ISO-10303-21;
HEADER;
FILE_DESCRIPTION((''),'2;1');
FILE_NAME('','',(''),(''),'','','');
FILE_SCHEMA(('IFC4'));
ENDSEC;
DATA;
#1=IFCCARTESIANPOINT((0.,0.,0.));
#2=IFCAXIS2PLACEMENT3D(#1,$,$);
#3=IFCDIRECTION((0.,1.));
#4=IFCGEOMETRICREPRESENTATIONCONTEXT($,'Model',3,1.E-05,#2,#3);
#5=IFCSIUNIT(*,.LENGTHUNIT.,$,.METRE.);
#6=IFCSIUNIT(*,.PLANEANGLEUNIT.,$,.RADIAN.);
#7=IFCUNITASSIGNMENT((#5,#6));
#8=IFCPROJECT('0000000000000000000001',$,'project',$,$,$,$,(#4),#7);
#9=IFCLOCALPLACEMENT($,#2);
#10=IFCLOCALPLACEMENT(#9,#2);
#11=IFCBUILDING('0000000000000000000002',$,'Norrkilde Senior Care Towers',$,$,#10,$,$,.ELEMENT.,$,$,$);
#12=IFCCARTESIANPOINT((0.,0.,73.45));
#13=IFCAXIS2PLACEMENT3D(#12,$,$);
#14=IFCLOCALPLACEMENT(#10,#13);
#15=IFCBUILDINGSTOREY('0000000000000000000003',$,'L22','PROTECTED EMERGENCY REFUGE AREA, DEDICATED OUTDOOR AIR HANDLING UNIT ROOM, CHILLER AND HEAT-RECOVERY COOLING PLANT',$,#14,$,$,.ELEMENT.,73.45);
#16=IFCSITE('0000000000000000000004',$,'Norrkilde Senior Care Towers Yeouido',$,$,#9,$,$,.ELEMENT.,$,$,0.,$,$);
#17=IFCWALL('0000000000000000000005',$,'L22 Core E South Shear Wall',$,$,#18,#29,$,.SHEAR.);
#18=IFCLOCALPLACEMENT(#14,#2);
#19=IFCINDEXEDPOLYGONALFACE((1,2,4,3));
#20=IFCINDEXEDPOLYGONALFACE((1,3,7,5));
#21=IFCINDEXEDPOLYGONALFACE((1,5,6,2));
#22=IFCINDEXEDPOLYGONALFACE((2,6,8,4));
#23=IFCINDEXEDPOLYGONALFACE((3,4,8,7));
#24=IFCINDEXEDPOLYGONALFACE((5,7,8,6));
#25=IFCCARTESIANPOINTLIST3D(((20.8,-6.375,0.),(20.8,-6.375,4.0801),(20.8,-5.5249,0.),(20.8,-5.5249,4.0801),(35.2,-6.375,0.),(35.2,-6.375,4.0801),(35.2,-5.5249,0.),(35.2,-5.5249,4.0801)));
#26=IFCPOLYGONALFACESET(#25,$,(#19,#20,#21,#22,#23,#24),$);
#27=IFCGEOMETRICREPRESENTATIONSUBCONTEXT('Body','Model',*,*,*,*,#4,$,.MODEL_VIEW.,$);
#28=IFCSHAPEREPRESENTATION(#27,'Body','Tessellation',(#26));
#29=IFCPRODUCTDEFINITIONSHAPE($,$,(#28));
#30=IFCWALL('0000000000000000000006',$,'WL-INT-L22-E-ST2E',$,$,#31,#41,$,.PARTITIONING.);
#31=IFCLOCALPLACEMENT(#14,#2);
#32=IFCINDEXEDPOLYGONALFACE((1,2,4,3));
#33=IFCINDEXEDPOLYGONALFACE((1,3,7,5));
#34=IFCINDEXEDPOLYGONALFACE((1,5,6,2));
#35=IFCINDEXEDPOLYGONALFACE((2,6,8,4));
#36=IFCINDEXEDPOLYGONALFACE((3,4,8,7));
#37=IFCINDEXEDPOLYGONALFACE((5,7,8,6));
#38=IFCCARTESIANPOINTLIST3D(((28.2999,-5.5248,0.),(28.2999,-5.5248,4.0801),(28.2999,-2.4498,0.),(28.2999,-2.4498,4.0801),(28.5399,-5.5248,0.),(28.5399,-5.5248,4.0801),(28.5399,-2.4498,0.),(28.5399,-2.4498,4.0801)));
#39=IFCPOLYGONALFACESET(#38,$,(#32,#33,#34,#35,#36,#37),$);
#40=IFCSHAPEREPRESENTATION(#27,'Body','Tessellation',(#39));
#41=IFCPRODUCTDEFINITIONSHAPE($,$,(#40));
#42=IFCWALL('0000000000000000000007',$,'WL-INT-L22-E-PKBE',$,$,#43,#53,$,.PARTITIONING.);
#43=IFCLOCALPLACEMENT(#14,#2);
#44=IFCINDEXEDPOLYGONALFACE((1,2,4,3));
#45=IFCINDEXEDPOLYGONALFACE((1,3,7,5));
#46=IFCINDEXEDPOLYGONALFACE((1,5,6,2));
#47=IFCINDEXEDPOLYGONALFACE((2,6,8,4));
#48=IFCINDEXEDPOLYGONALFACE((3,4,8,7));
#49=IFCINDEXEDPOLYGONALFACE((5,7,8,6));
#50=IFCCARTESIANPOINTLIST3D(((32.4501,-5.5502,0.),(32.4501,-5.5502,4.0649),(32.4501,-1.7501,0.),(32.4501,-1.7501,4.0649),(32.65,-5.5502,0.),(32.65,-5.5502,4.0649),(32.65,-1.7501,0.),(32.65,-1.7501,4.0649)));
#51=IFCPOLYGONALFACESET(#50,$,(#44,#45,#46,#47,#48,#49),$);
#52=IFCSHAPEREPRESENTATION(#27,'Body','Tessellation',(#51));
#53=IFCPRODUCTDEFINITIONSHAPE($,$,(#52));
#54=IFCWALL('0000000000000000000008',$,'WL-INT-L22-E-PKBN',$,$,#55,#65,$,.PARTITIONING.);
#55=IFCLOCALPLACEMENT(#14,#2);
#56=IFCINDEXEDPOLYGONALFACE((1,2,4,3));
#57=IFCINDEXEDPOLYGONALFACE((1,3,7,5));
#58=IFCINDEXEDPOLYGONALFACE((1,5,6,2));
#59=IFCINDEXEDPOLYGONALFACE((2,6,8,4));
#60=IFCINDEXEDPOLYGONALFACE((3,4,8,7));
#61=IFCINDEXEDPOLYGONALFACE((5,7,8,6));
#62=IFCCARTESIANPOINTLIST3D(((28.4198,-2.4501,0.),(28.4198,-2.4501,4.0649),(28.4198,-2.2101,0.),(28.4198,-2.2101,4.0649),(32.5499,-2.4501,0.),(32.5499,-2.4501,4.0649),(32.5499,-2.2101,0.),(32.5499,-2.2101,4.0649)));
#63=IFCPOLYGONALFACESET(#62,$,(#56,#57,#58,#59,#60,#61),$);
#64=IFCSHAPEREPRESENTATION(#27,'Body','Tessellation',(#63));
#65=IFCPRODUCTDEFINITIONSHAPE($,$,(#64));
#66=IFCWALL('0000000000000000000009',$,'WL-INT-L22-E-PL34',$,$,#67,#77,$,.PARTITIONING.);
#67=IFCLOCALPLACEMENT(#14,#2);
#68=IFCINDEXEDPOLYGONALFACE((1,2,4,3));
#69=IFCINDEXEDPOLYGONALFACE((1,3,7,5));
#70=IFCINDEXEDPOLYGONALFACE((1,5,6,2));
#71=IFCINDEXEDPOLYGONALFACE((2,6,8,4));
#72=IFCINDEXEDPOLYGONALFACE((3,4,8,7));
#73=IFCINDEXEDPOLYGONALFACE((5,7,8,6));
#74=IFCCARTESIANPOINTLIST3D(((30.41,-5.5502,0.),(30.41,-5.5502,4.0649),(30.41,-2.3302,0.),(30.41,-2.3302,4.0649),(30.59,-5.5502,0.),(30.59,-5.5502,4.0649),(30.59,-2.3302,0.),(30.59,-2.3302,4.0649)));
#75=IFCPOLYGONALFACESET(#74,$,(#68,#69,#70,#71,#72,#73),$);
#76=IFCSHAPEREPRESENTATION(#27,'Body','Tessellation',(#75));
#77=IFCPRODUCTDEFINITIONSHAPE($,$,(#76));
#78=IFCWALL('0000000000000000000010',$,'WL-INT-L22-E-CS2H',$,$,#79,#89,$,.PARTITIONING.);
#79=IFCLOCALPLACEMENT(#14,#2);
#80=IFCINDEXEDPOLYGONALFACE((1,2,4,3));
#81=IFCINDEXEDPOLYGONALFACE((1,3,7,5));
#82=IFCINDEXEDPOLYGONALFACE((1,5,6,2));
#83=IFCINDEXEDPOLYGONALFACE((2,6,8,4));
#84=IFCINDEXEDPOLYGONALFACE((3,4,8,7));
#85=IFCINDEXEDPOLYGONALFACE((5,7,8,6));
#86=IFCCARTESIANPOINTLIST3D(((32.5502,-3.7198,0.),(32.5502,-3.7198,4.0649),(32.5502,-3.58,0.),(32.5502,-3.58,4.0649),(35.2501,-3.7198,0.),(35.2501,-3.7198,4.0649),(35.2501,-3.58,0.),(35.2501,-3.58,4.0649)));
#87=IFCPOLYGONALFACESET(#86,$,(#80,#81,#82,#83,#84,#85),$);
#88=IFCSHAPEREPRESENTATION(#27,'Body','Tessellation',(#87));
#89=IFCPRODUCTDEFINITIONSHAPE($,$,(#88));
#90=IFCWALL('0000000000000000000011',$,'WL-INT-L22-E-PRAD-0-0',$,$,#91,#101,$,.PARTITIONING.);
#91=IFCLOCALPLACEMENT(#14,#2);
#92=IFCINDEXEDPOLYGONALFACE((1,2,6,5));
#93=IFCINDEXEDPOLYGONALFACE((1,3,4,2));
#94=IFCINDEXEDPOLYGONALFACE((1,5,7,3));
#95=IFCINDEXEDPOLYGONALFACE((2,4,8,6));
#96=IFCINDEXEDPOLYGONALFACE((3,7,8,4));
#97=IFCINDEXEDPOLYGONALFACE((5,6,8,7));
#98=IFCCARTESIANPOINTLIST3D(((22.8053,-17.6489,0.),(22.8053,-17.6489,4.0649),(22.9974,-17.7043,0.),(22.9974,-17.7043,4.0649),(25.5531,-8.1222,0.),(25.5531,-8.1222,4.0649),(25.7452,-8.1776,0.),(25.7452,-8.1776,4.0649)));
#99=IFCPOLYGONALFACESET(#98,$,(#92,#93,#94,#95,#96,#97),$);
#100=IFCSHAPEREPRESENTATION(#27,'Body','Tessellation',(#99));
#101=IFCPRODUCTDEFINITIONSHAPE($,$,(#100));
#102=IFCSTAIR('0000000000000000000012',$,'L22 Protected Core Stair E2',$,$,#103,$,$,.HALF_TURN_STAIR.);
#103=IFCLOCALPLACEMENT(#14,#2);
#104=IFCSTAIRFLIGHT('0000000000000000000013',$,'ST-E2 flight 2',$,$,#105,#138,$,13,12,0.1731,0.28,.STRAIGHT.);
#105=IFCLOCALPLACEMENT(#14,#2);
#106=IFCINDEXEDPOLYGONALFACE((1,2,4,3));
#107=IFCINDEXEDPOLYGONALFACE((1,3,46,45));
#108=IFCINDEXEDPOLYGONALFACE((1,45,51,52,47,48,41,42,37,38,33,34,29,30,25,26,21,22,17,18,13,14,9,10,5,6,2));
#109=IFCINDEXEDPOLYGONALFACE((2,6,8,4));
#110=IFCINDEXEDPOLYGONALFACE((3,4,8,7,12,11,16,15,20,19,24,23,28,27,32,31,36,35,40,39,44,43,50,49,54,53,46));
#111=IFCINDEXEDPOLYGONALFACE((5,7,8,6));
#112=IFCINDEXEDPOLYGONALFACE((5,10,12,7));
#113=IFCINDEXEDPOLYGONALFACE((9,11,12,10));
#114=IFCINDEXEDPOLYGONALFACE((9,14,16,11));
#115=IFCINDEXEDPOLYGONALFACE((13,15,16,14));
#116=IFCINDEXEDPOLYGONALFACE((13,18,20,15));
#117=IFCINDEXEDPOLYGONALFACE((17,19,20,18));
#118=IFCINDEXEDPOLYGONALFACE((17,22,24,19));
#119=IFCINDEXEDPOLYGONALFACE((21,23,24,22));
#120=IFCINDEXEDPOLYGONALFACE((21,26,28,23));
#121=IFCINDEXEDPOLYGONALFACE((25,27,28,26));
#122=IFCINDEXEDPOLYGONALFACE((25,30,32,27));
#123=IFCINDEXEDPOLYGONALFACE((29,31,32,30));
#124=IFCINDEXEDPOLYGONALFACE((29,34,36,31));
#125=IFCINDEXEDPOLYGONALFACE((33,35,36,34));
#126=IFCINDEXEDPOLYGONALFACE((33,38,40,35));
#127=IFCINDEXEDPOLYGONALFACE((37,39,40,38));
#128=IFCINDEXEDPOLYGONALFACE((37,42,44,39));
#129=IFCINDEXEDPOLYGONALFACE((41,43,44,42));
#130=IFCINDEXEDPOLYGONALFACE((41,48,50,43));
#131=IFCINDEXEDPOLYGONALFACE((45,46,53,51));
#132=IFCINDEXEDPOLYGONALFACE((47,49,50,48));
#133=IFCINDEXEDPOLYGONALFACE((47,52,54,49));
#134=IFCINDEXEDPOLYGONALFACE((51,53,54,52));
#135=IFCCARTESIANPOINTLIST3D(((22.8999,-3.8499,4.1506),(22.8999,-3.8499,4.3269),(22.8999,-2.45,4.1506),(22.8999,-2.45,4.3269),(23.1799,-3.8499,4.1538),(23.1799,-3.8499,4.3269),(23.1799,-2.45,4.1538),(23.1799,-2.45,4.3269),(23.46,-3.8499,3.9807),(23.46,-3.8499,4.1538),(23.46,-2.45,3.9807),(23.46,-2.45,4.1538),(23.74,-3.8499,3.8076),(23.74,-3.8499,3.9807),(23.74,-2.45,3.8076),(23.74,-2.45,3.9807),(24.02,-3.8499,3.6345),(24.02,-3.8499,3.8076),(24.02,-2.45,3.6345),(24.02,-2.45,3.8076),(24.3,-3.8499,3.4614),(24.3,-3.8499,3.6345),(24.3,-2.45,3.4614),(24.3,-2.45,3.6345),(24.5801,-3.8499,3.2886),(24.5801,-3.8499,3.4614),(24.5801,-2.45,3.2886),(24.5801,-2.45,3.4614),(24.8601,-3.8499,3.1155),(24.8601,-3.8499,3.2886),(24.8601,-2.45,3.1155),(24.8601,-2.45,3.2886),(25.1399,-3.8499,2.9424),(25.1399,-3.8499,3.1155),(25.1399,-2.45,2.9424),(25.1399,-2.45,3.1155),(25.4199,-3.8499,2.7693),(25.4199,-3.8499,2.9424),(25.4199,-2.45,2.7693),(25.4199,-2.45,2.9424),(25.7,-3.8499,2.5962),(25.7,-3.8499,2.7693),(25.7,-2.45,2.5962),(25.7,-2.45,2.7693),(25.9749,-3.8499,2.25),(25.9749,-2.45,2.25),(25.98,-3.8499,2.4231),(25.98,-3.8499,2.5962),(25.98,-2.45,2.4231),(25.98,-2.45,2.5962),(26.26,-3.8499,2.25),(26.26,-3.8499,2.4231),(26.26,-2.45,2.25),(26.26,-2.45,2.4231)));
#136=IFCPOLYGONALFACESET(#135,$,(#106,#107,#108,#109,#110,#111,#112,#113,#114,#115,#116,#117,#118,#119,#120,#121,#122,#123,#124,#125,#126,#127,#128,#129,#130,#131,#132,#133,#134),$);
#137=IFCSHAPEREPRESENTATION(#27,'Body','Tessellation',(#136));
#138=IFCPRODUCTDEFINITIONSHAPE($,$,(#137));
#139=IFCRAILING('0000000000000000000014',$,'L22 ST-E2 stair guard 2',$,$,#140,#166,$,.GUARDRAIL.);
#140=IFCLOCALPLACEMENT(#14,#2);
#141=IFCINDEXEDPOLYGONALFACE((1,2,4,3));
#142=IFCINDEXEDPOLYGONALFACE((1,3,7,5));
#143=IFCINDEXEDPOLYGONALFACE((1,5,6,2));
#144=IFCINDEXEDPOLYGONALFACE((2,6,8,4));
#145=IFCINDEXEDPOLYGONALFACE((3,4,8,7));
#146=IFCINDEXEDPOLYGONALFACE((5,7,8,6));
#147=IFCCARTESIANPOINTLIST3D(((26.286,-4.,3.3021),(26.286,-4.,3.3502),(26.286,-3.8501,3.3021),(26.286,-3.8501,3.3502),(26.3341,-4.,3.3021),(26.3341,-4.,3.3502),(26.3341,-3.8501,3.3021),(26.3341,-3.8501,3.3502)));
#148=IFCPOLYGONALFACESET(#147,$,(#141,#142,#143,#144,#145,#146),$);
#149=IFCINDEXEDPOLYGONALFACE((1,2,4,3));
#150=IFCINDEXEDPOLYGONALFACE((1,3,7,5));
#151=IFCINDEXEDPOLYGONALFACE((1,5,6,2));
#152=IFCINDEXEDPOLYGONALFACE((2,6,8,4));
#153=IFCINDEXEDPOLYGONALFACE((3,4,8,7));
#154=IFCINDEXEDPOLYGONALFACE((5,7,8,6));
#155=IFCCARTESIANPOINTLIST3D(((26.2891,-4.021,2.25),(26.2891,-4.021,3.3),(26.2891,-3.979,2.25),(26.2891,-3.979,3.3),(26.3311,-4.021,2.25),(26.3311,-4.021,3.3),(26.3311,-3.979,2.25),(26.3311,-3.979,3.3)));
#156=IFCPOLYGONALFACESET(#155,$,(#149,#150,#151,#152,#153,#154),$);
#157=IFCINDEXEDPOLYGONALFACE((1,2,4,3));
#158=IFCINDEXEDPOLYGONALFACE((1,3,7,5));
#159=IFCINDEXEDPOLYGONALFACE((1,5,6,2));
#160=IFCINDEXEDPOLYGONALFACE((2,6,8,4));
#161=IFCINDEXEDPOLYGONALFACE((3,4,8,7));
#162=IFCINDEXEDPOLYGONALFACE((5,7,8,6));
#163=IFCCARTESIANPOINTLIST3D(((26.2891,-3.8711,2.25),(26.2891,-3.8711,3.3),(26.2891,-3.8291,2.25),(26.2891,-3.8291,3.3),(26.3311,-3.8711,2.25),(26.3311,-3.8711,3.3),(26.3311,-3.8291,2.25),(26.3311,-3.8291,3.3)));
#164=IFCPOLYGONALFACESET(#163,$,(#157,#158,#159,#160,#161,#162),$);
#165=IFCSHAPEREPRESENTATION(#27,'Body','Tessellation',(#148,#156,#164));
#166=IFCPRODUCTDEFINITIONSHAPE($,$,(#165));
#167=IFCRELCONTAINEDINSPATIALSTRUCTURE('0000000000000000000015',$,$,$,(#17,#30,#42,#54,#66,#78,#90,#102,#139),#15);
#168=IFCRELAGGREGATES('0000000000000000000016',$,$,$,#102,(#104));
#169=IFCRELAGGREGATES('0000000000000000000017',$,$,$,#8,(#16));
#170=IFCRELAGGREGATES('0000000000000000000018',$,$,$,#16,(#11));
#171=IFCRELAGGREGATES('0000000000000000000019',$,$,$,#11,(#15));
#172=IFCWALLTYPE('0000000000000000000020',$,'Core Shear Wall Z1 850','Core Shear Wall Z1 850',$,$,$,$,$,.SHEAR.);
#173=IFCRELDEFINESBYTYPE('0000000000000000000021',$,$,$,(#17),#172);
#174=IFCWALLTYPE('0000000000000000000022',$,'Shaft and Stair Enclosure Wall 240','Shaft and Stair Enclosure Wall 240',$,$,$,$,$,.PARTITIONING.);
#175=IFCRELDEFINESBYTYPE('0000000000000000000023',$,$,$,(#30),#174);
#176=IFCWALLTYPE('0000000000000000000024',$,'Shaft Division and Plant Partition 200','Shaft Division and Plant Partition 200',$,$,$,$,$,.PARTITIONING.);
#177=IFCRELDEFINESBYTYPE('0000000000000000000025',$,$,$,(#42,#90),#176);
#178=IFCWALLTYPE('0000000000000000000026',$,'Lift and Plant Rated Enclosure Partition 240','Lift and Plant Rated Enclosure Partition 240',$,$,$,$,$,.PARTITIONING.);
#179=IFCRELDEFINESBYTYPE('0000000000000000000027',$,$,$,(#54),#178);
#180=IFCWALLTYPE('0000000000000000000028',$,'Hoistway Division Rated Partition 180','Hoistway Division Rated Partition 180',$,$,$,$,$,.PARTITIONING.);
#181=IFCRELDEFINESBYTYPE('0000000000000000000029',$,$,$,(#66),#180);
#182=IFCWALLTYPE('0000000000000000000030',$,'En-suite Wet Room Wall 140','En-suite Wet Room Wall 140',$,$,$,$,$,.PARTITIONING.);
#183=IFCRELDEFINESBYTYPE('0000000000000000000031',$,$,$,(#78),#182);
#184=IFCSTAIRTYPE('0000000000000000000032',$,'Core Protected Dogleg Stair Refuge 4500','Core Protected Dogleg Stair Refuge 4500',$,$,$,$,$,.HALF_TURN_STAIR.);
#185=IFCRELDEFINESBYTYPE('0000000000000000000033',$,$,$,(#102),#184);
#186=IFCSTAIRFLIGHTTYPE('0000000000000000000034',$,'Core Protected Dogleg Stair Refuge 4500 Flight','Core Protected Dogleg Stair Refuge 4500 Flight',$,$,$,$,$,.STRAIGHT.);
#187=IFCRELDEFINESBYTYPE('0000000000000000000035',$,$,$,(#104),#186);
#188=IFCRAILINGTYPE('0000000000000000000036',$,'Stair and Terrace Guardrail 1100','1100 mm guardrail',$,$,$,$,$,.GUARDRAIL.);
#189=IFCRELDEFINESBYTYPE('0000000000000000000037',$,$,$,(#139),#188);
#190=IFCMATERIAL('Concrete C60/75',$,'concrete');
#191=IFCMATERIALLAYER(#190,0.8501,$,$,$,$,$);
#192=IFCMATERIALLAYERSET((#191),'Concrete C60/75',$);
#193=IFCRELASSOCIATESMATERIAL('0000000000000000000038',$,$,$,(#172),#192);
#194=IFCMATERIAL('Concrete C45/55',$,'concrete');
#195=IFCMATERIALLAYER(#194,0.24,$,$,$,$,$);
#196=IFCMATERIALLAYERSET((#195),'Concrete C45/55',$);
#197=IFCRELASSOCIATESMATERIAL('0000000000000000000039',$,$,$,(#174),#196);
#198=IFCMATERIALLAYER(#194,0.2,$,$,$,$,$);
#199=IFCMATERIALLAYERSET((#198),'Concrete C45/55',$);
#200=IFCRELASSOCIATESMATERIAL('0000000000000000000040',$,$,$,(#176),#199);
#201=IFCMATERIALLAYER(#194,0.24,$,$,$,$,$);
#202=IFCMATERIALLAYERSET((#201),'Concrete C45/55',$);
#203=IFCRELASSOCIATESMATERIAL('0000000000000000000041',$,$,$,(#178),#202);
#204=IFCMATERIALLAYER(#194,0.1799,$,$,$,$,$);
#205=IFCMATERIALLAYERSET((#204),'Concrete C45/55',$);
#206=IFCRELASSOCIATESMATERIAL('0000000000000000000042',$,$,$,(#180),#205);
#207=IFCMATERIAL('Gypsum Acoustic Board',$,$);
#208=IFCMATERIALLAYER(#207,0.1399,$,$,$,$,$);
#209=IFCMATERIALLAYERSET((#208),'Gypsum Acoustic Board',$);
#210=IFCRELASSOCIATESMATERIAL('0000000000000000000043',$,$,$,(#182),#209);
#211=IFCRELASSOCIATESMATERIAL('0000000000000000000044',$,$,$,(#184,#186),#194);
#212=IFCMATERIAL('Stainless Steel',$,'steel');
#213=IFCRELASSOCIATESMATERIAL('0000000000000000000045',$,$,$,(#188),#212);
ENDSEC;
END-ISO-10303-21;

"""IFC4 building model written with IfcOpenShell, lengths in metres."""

from ifc_helpers import new_model, si_unit, direction, frame, frame_2d, origin, origin_2d, place, context, subcontext, project, spatial, polyline, rectangle, outline, extrude, source, transform, mapped, material, layer, layer_set, type_object, type_shapes, element, aggregate, save


model = new_model("IFC4")

# Units and contexts
model_context = context("Model", 3, precision=1e-05, world=origin(), true_north=direction((0.0, 1.0)))
body_context = subcontext(model_context, "Body", "Model", "MODEL_VIEW")
ifc_project = project(units=[si_unit("LENGTHUNIT", "METRE"), si_unit("PLANEANGLEUNIT", "RADIAN")], contexts=[model_context])

# Site, building, storey
site_placement = place(None, origin())
site = spatial("IfcSite", under=ifc_project, at=site_placement, Name="Norrkilde Senior Care Towers Yeouido", CompositionType="ELEMENT", RefElevation=0.0)
building_placement = place(site_placement, origin())
building = spatial("IfcBuilding", under=site, at=building_placement, Name="Norrkilde Senior Care Towers", CompositionType="ELEMENT")
storey_placement = place(building_placement, frame((0.0, 0.0, 73.45)))
storey = spatial("IfcBuildingStorey", under=building, at=storey_placement, Name="L22", Description="PROTECTED EMERGENCY REFUGE AREA, DEDICATED OUTDOOR AIR HANDLING UNIT ROOM, CHILLER AND HEAT-RECOVERY COOLING PLANT", CompositionType="ELEMENT", Elevation=73.45)

# Shared definitions
ifc_material_1 = material(Name="Concrete C60/75", Category="concrete")

# Walls
ifc_layer_1 = layer(ifc_material_1, 0.8501)
ifc_layer_set_1 = layer_set([ifc_layer_1], Name="Concrete C60/75")
wall_type_1 = type_object("IfcWallType", Name="Core Shear Wall Z1 850", Description="Core Shear Wall Z1 850", PredefinedType="SHEAR", material=ifc_layer_set_1)
shared_shape_1 = source(origin(), body_context, "Body", "SweptSolid", [
    extrude(rectangle(XDim=14.3999, YDim=0.8501, at=frame_2d((7.2, 0.0))), origin(), (0.0, 0.0, 1.0), 4.0801),
])
type_shapes(wall_type_1, [shared_shape_1])
wall_1_placement = place(storey_placement, frame((35.2, -5.95, 0.0), z_axis=(0.0, 0.0, 1.0), x_axis=(-1.0, 0.0, 0.0)))
element("IfcWall", 1, at=wall_1_placement, inside=storey, type_object=wall_type_1, Name="L22 Core E South Shear Wall", PredefinedType="SHEAR", context=body_context, shape_type="MappedRepresentation", body=[
    mapped(shared_shape_1, transform((0.0, 0.0, 0.0), x_axis=(1.0, 0.0, 0.0), y_axis=(0.0, 1.0, 0.0), z_axis=(0.0, 0.0, 1.0), scale=1.0)),
])
ifc_material_2 = material(Name="Concrete C45/55", Category="concrete")
ifc_layer_2 = layer(ifc_material_2, 0.24)
ifc_layer_set_2 = layer_set([ifc_layer_2], Name="Concrete C45/55")
wall_type_2 = type_object("IfcWallType", Name="Shaft and Stair Enclosure Wall 240", Description="Shaft and Stair Enclosure Wall 240", PredefinedType="PARTITIONING", material=ifc_layer_set_2)
shared_shape_2 = source(origin(), body_context, "Body", "SweptSolid", [
    extrude(rectangle(XDim=3.075, YDim=0.24, at=frame_2d((1.5376, 0.0))), origin(), (0.0, 0.0, 1.0), 4.0801),
])
type_shapes(wall_type_2, [shared_shape_2])
wall_2_placement = place(storey_placement, frame((28.4199, -5.5249, 0.0), z_axis=(0.0, 0.0, 1.0), x_axis=(0.0, 1.0, 0.0)))
element("IfcWall", 2, at=wall_2_placement, inside=storey, type_object=wall_type_2, Name="WL-INT-L22-E-ST2E", PredefinedType="PARTITIONING", context=body_context, shape_type="MappedRepresentation", body=[
    mapped(shared_shape_2, transform((0.0, 0.0, 0.0), x_axis=(1.0, 0.0, 0.0), y_axis=(0.0, 1.0, 0.0), z_axis=(0.0, 0.0, 1.0), scale=1.0)),
])
ifc_layer_3 = layer(ifc_material_2, 0.2)
ifc_layer_set_3 = layer_set([ifc_layer_3], Name="Concrete C45/55")
wall_type_3 = type_object("IfcWallType", Name="Shaft Division and Plant Partition 200", Description="Shaft Division and Plant Partition 200", PredefinedType="PARTITIONING", material=ifc_layer_set_3)
shared_shape_3 = source(origin(), body_context, "Body", "SweptSolid", [
    extrude(rectangle(XDim=3.8, YDim=0.2, at=frame_2d((1.8999, 0.0))), origin(), (0.0, 0.0, 1.0), 4.0649),
])
wall_3_placement = place(storey_placement, frame((32.55, -5.55, 0.0), z_axis=(0.0, 0.0, 1.0), x_axis=(0.0, 1.0, 0.0)))
element("IfcWall", 3, at=wall_3_placement, inside=storey, type_object=wall_type_3, Name="WL-INT-L22-E-PKBE", PredefinedType="PARTITIONING", context=body_context, shape_type="MappedRepresentation", body=[
    mapped(shared_shape_3, transform((0.0, 0.0, 0.0), x_axis=(1.0, 0.0, 0.0), y_axis=(0.0, 1.0, 0.0), z_axis=(0.0, 0.0, 1.0), scale=1.0)),
])
ifc_layer_4 = layer(ifc_material_2, 0.24)
ifc_layer_set_4 = layer_set([ifc_layer_4], Name="Concrete C45/55")
wall_type_4 = type_object("IfcWallType", Name="Lift and Plant Rated Enclosure Partition 240", Description="Lift and Plant Rated Enclosure Partition 240", PredefinedType="PARTITIONING", material=ifc_layer_set_4)
shared_shape_4 = source(origin(), body_context, "Body", "SweptSolid", [
    extrude(rectangle(XDim=4.1301, YDim=0.24, at=frame_2d((2.0649, 0.0))), origin(), (0.0, 0.0, 1.0), 4.0649),
])
type_shapes(wall_type_4, [shared_shape_4])
wall_4_placement = place(storey_placement, frame((28.4199, -2.3301, 0.0), z_axis=(0.0, 0.0, 1.0), x_axis=(1.0, 0.0, 0.0)))
element("IfcWall", 4, at=wall_4_placement, inside=storey, type_object=wall_type_4, Name="WL-INT-L22-E-PKBN", PredefinedType="PARTITIONING", context=body_context, shape_type="MappedRepresentation", body=[
    mapped(shared_shape_4, transform((0.0, 0.0, 0.0), x_axis=(1.0, 0.0, 0.0), y_axis=(0.0, 1.0, 0.0), z_axis=(0.0, 0.0, 1.0), scale=1.0)),
])
ifc_layer_5 = layer(ifc_material_2, 0.1799)
ifc_layer_set_5 = layer_set([ifc_layer_5], Name="Concrete C45/55")
wall_type_5 = type_object("IfcWallType", Name="Hoistway Division Rated Partition 180", Description="Hoistway Division Rated Partition 180", PredefinedType="PARTITIONING", material=ifc_layer_set_5)
shared_shape_5 = source(origin(), body_context, "Body", "SweptSolid", [
    extrude(rectangle(XDim=3.22, YDim=0.1799, at=frame_2d((1.6099, 0.0))), origin(), (0.0, 0.0, 1.0), 4.0649),
])
type_shapes(wall_type_5, [shared_shape_5])
wall_5_placement = place(storey_placement, frame((30.5, -5.55, 0.0), z_axis=(0.0, 0.0, 1.0), x_axis=(0.0, 1.0, 0.0)))
element("IfcWall", 5, at=wall_5_placement, inside=storey, type_object=wall_type_5, Name="WL-INT-L22-E-PL34", PredefinedType="PARTITIONING", context=body_context, shape_type="MappedRepresentation", body=[
    mapped(shared_shape_5, transform((0.0, 0.0, 0.0), x_axis=(1.0, 0.0, 0.0), y_axis=(0.0, 1.0, 0.0), z_axis=(0.0, 0.0, 1.0), scale=1.0)),
])
ifc_material_3 = material(Name="Gypsum Acoustic Board")
ifc_layer_6 = layer(ifc_material_3, 0.1399)
ifc_layer_set_6 = layer_set([ifc_layer_6], Name="Gypsum Acoustic Board")
wall_type_6 = type_object("IfcWallType", Name="En-suite Wet Room Wall 140", Description="En-suite Wet Room Wall 140", PredefinedType="PARTITIONING", material=ifc_layer_set_6)
shared_shape_6 = source(origin(), body_context, "Body", "SweptSolid", [
    extrude(rectangle(XDim=2.7, YDim=0.1399, at=frame_2d((1.3501, 0.0))), origin(), (0.0, 0.0, 1.0), 4.0649),
])
type_shapes(wall_type_6, [shared_shape_6])
wall_6_placement = place(storey_placement, frame((32.55, -3.6499, 0.0), z_axis=(0.0, 0.0, 1.0), x_axis=(1.0, 0.0, 0.0)))
element("IfcWall", 6, at=wall_6_placement, inside=storey, type_object=wall_type_6, Name="WL-INT-L22-E-CS2H", PredefinedType="PARTITIONING", context=body_context, shape_type="MappedRepresentation", body=[
    mapped(shared_shape_6, transform((0.0, 0.0, 0.0), x_axis=(1.0, 0.0, 0.0), y_axis=(0.0, 1.0, 0.0), z_axis=(0.0, 0.0, 1.0), scale=1.0)),
])
shared_shape_7 = source(origin(), body_context, "Body", "SweptSolid", [
    extrude(rectangle(XDim=9.915, YDim=0.2, at=frame_2d((4.9575, 0.0))), origin(), (0.0, 0.0, 1.0), 4.0649),
])
type_shapes(wall_type_3, [shared_shape_3, shared_shape_7])
wall_7_placement = place(storey_placement, frame((25.6492, -8.1499, 0.0), z_axis=(0.0, 0.0, 1.0), x_axis=(-0.277137, -0.960831, 0.0)))
element("IfcWall", 7, at=wall_7_placement, inside=storey, type_object=wall_type_3, Name="WL-INT-L22-E-PRAD-0-0", PredefinedType="PARTITIONING", context=body_context, shape_type="MappedRepresentation", body=[
    mapped(shared_shape_7, transform((0.0, 0.0, 0.0), x_axis=(1.0, 0.0, 0.0), y_axis=(0.0, 1.0, 0.0), z_axis=(0.0, 0.0, 1.0), scale=1.0)),
])

# Stair, stair flight
stair_type = type_object("IfcStairType", Name="Core Protected Dogleg Stair Refuge 4500", Description="Core Protected Dogleg Stair Refuge 4500", PredefinedType="HALF_TURN_STAIR", material=ifc_material_2)
stair_placement = place(storey_placement, origin())
stair = element("IfcStair", 8, at=stair_placement, inside=storey, type_object=stair_type, Name="L22 Protected Core Stair E2", PredefinedType="HALF_TURN_STAIR")
stair_flight_type = type_object("IfcStairFlightType", Name="Core Protected Dogleg Stair Refuge 4500 Flight", Description="Core Protected Dogleg Stair Refuge 4500 Flight", PredefinedType="STRAIGHT", material=ifc_material_2)
stair_flight_placement = place(storey_placement, frame((26.26, -3.1499, 2.25), z_axis=(0.0, 0.0, 1.0), x_axis=(-1.0, 0.0, 0.0)))
stair_flight = element("IfcStairFlight", 9, at=stair_flight_placement, type_object=stair_flight_type, Name="ST-E2 flight 2", NumberOfRisers=13, NumberOfTreads=12, PredefinedType="STRAIGHT", RiserHeight=0.1731, TreadLength=0.28, context=body_context, shape_type="SweptSolid", body=[
    extrude(outline(polyline([(0.0, 0.0), (0.0, 0.1731), (0.28, 0.1731), (0.28, 0.3462), (0.5601, 0.3462), (0.5601, 0.5193), (0.8401, 0.5193), (0.8401, 0.6924), (1.1201, 0.6924), (1.1201, 0.8655), (1.3999, 0.8655), (1.3999, 1.0386), (1.6799, 1.0386), (1.6799, 1.2114), (1.96, 1.2114), (1.96, 1.3845), (2.24, 1.3845), (2.24, 1.5576), (2.52, 1.5576), (2.52, 1.7307), (2.8, 1.7307), (2.8, 1.9038), (3.0801, 1.9038), (3.0801, 2.0769), (3.3601, 2.0769), (3.3601, 2.25), (3.3601, 1.9006), (0.2852, 0.0), (0.0, 0.0)])), frame((0.0, 0.7, 0.0), z_axis=(0.0, -1.0, 0.0), x_axis=(1.0, 0.0, 0.0)), (0.0, 0.0, 1.0), 1.3999),
])
aggregate(stair, [stair_flight])

# Railing
ifc_material_4 = material(Name="Stainless Steel", Category="steel")
railing_type_1 = type_object("IfcRailingType", Name="Stair and Terrace Guardrail 1100", Description="1100 mm guardrail", PredefinedType="GUARDRAIL", material=ifc_material_4)
railing_1_placement = place(storey_placement, frame((26.3101, -4.0, 2.25)))
element("IfcRailing", 10, at=railing_1_placement, inside=storey, type_object=railing_type_1, Name="L22 ST-E2 stair guard 2", PredefinedType="GUARDRAIL", context=body_context, shape_type="SweptSolid", body=[
    extrude(rectangle(XDim=0.0481, YDim=0.0481, at=origin_2d()), frame((0.0, 0.0, 1.0762), z_axis=(0.0, 1.0, 0.0), x_axis=(-1.0, 0.0, 0.0)), (0.0, 0.0, 1.0), 0.1499),
    extrude(rectangle(XDim=0.042, YDim=0.042, at=origin_2d()), origin(), (0.0, 0.0, 1.0), 1.05),
    extrude(rectangle(XDim=0.042, YDim=0.042, at=origin_2d()), frame((0.0, 0.1499, 0.0)), (0.0, 0.0, 1.0), 1.05),
])

save(model, "model.ifc")
